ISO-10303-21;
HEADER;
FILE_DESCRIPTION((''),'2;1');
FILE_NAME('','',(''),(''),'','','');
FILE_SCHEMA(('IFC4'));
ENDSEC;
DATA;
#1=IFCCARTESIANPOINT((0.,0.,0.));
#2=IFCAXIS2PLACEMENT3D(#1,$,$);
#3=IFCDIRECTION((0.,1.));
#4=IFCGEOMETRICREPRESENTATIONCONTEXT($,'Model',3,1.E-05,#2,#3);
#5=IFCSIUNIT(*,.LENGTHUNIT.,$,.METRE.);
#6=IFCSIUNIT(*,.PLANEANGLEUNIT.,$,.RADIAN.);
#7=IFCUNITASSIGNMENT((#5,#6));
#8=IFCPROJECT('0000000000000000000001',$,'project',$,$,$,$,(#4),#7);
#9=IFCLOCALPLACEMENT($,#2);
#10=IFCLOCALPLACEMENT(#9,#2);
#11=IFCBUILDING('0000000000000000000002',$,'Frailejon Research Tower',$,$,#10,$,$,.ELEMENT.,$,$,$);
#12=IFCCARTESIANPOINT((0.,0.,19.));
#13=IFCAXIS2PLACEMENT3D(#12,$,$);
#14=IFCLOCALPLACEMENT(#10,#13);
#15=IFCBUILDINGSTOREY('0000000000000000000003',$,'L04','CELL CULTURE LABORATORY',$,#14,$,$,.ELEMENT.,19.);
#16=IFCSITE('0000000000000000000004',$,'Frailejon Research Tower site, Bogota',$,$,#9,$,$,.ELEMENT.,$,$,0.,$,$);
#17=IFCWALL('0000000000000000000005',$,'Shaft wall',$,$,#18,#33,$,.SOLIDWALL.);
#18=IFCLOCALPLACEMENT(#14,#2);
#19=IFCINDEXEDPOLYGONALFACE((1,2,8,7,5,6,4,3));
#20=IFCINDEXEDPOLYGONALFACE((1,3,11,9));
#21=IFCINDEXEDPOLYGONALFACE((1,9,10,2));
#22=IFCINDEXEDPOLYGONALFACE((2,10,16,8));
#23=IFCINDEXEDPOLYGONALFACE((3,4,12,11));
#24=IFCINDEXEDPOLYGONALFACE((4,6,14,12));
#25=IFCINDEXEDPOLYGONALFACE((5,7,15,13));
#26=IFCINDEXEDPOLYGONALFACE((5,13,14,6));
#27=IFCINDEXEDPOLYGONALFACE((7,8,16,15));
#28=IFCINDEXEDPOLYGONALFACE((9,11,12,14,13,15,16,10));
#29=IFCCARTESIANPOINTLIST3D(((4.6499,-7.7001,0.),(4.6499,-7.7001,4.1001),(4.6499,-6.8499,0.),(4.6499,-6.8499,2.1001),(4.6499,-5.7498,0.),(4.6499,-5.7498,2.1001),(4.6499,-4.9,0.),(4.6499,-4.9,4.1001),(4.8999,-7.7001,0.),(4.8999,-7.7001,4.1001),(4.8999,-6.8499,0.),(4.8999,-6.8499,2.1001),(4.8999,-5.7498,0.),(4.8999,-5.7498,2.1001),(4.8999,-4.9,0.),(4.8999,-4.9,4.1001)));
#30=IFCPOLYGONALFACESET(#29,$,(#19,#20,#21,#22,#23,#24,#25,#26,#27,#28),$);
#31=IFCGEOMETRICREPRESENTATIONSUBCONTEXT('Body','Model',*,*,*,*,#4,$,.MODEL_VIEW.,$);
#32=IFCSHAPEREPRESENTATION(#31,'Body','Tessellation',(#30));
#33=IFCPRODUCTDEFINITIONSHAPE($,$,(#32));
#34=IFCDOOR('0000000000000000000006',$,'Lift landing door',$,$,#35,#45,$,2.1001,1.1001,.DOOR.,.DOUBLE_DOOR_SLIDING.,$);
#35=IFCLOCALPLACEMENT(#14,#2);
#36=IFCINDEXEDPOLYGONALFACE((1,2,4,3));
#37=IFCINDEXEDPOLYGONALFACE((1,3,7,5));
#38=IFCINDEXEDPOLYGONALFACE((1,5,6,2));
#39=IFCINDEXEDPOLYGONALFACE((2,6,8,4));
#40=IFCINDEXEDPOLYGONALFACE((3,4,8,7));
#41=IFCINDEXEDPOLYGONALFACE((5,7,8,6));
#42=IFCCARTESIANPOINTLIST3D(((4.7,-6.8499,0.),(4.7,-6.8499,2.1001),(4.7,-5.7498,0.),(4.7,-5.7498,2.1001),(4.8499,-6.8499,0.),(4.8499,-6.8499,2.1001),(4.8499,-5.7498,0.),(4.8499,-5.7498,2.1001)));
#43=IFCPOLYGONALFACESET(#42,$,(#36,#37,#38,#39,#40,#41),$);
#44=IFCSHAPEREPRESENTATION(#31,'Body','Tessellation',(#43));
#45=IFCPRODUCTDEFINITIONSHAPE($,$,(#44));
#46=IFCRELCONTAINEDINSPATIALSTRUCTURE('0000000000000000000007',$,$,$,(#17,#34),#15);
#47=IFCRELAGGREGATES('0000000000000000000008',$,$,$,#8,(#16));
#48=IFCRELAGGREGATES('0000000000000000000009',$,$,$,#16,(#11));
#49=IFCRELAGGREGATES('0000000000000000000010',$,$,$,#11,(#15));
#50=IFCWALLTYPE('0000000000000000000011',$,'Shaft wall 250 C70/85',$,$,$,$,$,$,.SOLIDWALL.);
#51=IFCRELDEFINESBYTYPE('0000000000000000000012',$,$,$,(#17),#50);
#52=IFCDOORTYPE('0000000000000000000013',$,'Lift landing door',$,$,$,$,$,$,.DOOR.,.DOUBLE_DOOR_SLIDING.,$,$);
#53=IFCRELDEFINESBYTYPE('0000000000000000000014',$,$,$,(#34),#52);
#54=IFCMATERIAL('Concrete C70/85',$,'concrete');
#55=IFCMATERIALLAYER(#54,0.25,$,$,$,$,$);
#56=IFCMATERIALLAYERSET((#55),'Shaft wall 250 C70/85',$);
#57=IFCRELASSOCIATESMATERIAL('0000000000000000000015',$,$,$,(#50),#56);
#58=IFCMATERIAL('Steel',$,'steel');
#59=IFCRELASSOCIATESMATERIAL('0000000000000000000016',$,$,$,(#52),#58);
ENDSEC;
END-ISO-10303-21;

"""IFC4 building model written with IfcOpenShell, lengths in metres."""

from ifc_helpers import new_model, si_unit, direction, frame, frame_2d, origin, place, context, subcontext, project, spatial, rectangle, extrude, material, layer, layer_set, type_object, element, fill, save


model = new_model("IFC4")

# Units and contexts
model_context = context("Model", 3, precision=1e-05, world=origin(), true_north=direction((0.0, 1.0)))
body_context = subcontext(model_context, "Body", "Model", "MODEL_VIEW")
ifc_project = project(units=[si_unit("LENGTHUNIT", "METRE"), si_unit("PLANEANGLEUNIT", "RADIAN")], contexts=[model_context])

# Site, building, storey
site_placement = place(None, origin())
site = spatial("IfcSite", under=ifc_project, at=site_placement, Name="Frailejon Research Tower site, Bogota", CompositionType="ELEMENT", RefElevation=0.0)
building_placement = place(site_placement, origin())
building = spatial("IfcBuilding", under=site, at=building_placement, Name="Frailejon Research Tower", CompositionType="ELEMENT")
storey_placement = place(building_placement, frame((0.0, 0.0, 19.0)))
storey = spatial("IfcBuildingStorey", under=building, at=storey_placement, Name="L04", Description="CELL CULTURE LABORATORY", CompositionType="ELEMENT", Elevation=19.0)

# Wall, opening, door
ifc_material_1 = material(Name="Concrete C70/85", Category="concrete")
ifc_layer_1 = layer(ifc_material_1, 0.25)
ifc_layer_set_1 = layer_set([ifc_layer_1], Name="Shaft wall 250 C70/85")
wall_type_1 = type_object("IfcWallType", Name="Shaft wall 250 C70/85", PredefinedType="SOLIDWALL", material=ifc_layer_set_1)
ifc_material_2 = material(Name="Steel", Category="steel")
door_type = type_object("IfcDoorType", Name="Lift landing door", OperationType="DOUBLE_DOOR_SLIDING", PredefinedType="DOOR", material=ifc_material_2)
wall_1_placement = place(storey_placement, frame((4.7749, -7.7, 0.0), z_axis=(0.0, 0.0, 1.0), x_axis=(0.0, 1.0, 0.0)))
wall_1 = element("IfcWall", 1, at=wall_1_placement, inside=storey, type_object=wall_type_1, Name="Shaft wall", PredefinedType="SOLIDWALL", context=body_context, shape_type="SweptSolid", body=[
    extrude(rectangle(XDim=2.8, YDim=0.25, at=frame_2d((1.3999, 0.0))), origin(), (0.0, 0.0, 1.0), 4.1001),
])
opening_1_placement = place(wall_1_placement, frame((0.8501, 0.0, 0.0)))
opening_1 = element("IfcOpeningElement", 2, at=opening_1_placement, cuts=wall_1, PredefinedType="OPENING", context=body_context, shape_type="SweptSolid", body=[
    extrude(rectangle(XDim=1.1001, YDim=2.1001, at=frame_2d((0.55, 1.05))), frame((0.0, 0.135, 0.0), z_axis=(0.0, -1.0, 0.0), x_axis=(1.0, 0.0, 0.0)), (0.0, 0.0, 1.0), 0.27),
])
door_1_placement = place(opening_1_placement, origin())
door_1 = element("IfcDoor", 3, at=door_1_placement, inside=storey, type_object=door_type, Name="Lift landing door", OperationType="DOUBLE_DOOR_SLIDING", OverallHeight=2.1001, OverallWidth=1.1001, PredefinedType="DOOR", context=body_context, shape_type="SweptSolid", body=[
    extrude(rectangle(XDim=1.1001, YDim=2.1001, at=frame_2d((0.55, 1.05))), frame((0.0, 0.075, 0.0), z_axis=(0.0, -1.0, 0.0), x_axis=(1.0, 0.0, 0.0)), (0.0, 0.0, 1.0), 0.1499),
])
fill(opening_1, door_1)

save(model, "model.ifc")
